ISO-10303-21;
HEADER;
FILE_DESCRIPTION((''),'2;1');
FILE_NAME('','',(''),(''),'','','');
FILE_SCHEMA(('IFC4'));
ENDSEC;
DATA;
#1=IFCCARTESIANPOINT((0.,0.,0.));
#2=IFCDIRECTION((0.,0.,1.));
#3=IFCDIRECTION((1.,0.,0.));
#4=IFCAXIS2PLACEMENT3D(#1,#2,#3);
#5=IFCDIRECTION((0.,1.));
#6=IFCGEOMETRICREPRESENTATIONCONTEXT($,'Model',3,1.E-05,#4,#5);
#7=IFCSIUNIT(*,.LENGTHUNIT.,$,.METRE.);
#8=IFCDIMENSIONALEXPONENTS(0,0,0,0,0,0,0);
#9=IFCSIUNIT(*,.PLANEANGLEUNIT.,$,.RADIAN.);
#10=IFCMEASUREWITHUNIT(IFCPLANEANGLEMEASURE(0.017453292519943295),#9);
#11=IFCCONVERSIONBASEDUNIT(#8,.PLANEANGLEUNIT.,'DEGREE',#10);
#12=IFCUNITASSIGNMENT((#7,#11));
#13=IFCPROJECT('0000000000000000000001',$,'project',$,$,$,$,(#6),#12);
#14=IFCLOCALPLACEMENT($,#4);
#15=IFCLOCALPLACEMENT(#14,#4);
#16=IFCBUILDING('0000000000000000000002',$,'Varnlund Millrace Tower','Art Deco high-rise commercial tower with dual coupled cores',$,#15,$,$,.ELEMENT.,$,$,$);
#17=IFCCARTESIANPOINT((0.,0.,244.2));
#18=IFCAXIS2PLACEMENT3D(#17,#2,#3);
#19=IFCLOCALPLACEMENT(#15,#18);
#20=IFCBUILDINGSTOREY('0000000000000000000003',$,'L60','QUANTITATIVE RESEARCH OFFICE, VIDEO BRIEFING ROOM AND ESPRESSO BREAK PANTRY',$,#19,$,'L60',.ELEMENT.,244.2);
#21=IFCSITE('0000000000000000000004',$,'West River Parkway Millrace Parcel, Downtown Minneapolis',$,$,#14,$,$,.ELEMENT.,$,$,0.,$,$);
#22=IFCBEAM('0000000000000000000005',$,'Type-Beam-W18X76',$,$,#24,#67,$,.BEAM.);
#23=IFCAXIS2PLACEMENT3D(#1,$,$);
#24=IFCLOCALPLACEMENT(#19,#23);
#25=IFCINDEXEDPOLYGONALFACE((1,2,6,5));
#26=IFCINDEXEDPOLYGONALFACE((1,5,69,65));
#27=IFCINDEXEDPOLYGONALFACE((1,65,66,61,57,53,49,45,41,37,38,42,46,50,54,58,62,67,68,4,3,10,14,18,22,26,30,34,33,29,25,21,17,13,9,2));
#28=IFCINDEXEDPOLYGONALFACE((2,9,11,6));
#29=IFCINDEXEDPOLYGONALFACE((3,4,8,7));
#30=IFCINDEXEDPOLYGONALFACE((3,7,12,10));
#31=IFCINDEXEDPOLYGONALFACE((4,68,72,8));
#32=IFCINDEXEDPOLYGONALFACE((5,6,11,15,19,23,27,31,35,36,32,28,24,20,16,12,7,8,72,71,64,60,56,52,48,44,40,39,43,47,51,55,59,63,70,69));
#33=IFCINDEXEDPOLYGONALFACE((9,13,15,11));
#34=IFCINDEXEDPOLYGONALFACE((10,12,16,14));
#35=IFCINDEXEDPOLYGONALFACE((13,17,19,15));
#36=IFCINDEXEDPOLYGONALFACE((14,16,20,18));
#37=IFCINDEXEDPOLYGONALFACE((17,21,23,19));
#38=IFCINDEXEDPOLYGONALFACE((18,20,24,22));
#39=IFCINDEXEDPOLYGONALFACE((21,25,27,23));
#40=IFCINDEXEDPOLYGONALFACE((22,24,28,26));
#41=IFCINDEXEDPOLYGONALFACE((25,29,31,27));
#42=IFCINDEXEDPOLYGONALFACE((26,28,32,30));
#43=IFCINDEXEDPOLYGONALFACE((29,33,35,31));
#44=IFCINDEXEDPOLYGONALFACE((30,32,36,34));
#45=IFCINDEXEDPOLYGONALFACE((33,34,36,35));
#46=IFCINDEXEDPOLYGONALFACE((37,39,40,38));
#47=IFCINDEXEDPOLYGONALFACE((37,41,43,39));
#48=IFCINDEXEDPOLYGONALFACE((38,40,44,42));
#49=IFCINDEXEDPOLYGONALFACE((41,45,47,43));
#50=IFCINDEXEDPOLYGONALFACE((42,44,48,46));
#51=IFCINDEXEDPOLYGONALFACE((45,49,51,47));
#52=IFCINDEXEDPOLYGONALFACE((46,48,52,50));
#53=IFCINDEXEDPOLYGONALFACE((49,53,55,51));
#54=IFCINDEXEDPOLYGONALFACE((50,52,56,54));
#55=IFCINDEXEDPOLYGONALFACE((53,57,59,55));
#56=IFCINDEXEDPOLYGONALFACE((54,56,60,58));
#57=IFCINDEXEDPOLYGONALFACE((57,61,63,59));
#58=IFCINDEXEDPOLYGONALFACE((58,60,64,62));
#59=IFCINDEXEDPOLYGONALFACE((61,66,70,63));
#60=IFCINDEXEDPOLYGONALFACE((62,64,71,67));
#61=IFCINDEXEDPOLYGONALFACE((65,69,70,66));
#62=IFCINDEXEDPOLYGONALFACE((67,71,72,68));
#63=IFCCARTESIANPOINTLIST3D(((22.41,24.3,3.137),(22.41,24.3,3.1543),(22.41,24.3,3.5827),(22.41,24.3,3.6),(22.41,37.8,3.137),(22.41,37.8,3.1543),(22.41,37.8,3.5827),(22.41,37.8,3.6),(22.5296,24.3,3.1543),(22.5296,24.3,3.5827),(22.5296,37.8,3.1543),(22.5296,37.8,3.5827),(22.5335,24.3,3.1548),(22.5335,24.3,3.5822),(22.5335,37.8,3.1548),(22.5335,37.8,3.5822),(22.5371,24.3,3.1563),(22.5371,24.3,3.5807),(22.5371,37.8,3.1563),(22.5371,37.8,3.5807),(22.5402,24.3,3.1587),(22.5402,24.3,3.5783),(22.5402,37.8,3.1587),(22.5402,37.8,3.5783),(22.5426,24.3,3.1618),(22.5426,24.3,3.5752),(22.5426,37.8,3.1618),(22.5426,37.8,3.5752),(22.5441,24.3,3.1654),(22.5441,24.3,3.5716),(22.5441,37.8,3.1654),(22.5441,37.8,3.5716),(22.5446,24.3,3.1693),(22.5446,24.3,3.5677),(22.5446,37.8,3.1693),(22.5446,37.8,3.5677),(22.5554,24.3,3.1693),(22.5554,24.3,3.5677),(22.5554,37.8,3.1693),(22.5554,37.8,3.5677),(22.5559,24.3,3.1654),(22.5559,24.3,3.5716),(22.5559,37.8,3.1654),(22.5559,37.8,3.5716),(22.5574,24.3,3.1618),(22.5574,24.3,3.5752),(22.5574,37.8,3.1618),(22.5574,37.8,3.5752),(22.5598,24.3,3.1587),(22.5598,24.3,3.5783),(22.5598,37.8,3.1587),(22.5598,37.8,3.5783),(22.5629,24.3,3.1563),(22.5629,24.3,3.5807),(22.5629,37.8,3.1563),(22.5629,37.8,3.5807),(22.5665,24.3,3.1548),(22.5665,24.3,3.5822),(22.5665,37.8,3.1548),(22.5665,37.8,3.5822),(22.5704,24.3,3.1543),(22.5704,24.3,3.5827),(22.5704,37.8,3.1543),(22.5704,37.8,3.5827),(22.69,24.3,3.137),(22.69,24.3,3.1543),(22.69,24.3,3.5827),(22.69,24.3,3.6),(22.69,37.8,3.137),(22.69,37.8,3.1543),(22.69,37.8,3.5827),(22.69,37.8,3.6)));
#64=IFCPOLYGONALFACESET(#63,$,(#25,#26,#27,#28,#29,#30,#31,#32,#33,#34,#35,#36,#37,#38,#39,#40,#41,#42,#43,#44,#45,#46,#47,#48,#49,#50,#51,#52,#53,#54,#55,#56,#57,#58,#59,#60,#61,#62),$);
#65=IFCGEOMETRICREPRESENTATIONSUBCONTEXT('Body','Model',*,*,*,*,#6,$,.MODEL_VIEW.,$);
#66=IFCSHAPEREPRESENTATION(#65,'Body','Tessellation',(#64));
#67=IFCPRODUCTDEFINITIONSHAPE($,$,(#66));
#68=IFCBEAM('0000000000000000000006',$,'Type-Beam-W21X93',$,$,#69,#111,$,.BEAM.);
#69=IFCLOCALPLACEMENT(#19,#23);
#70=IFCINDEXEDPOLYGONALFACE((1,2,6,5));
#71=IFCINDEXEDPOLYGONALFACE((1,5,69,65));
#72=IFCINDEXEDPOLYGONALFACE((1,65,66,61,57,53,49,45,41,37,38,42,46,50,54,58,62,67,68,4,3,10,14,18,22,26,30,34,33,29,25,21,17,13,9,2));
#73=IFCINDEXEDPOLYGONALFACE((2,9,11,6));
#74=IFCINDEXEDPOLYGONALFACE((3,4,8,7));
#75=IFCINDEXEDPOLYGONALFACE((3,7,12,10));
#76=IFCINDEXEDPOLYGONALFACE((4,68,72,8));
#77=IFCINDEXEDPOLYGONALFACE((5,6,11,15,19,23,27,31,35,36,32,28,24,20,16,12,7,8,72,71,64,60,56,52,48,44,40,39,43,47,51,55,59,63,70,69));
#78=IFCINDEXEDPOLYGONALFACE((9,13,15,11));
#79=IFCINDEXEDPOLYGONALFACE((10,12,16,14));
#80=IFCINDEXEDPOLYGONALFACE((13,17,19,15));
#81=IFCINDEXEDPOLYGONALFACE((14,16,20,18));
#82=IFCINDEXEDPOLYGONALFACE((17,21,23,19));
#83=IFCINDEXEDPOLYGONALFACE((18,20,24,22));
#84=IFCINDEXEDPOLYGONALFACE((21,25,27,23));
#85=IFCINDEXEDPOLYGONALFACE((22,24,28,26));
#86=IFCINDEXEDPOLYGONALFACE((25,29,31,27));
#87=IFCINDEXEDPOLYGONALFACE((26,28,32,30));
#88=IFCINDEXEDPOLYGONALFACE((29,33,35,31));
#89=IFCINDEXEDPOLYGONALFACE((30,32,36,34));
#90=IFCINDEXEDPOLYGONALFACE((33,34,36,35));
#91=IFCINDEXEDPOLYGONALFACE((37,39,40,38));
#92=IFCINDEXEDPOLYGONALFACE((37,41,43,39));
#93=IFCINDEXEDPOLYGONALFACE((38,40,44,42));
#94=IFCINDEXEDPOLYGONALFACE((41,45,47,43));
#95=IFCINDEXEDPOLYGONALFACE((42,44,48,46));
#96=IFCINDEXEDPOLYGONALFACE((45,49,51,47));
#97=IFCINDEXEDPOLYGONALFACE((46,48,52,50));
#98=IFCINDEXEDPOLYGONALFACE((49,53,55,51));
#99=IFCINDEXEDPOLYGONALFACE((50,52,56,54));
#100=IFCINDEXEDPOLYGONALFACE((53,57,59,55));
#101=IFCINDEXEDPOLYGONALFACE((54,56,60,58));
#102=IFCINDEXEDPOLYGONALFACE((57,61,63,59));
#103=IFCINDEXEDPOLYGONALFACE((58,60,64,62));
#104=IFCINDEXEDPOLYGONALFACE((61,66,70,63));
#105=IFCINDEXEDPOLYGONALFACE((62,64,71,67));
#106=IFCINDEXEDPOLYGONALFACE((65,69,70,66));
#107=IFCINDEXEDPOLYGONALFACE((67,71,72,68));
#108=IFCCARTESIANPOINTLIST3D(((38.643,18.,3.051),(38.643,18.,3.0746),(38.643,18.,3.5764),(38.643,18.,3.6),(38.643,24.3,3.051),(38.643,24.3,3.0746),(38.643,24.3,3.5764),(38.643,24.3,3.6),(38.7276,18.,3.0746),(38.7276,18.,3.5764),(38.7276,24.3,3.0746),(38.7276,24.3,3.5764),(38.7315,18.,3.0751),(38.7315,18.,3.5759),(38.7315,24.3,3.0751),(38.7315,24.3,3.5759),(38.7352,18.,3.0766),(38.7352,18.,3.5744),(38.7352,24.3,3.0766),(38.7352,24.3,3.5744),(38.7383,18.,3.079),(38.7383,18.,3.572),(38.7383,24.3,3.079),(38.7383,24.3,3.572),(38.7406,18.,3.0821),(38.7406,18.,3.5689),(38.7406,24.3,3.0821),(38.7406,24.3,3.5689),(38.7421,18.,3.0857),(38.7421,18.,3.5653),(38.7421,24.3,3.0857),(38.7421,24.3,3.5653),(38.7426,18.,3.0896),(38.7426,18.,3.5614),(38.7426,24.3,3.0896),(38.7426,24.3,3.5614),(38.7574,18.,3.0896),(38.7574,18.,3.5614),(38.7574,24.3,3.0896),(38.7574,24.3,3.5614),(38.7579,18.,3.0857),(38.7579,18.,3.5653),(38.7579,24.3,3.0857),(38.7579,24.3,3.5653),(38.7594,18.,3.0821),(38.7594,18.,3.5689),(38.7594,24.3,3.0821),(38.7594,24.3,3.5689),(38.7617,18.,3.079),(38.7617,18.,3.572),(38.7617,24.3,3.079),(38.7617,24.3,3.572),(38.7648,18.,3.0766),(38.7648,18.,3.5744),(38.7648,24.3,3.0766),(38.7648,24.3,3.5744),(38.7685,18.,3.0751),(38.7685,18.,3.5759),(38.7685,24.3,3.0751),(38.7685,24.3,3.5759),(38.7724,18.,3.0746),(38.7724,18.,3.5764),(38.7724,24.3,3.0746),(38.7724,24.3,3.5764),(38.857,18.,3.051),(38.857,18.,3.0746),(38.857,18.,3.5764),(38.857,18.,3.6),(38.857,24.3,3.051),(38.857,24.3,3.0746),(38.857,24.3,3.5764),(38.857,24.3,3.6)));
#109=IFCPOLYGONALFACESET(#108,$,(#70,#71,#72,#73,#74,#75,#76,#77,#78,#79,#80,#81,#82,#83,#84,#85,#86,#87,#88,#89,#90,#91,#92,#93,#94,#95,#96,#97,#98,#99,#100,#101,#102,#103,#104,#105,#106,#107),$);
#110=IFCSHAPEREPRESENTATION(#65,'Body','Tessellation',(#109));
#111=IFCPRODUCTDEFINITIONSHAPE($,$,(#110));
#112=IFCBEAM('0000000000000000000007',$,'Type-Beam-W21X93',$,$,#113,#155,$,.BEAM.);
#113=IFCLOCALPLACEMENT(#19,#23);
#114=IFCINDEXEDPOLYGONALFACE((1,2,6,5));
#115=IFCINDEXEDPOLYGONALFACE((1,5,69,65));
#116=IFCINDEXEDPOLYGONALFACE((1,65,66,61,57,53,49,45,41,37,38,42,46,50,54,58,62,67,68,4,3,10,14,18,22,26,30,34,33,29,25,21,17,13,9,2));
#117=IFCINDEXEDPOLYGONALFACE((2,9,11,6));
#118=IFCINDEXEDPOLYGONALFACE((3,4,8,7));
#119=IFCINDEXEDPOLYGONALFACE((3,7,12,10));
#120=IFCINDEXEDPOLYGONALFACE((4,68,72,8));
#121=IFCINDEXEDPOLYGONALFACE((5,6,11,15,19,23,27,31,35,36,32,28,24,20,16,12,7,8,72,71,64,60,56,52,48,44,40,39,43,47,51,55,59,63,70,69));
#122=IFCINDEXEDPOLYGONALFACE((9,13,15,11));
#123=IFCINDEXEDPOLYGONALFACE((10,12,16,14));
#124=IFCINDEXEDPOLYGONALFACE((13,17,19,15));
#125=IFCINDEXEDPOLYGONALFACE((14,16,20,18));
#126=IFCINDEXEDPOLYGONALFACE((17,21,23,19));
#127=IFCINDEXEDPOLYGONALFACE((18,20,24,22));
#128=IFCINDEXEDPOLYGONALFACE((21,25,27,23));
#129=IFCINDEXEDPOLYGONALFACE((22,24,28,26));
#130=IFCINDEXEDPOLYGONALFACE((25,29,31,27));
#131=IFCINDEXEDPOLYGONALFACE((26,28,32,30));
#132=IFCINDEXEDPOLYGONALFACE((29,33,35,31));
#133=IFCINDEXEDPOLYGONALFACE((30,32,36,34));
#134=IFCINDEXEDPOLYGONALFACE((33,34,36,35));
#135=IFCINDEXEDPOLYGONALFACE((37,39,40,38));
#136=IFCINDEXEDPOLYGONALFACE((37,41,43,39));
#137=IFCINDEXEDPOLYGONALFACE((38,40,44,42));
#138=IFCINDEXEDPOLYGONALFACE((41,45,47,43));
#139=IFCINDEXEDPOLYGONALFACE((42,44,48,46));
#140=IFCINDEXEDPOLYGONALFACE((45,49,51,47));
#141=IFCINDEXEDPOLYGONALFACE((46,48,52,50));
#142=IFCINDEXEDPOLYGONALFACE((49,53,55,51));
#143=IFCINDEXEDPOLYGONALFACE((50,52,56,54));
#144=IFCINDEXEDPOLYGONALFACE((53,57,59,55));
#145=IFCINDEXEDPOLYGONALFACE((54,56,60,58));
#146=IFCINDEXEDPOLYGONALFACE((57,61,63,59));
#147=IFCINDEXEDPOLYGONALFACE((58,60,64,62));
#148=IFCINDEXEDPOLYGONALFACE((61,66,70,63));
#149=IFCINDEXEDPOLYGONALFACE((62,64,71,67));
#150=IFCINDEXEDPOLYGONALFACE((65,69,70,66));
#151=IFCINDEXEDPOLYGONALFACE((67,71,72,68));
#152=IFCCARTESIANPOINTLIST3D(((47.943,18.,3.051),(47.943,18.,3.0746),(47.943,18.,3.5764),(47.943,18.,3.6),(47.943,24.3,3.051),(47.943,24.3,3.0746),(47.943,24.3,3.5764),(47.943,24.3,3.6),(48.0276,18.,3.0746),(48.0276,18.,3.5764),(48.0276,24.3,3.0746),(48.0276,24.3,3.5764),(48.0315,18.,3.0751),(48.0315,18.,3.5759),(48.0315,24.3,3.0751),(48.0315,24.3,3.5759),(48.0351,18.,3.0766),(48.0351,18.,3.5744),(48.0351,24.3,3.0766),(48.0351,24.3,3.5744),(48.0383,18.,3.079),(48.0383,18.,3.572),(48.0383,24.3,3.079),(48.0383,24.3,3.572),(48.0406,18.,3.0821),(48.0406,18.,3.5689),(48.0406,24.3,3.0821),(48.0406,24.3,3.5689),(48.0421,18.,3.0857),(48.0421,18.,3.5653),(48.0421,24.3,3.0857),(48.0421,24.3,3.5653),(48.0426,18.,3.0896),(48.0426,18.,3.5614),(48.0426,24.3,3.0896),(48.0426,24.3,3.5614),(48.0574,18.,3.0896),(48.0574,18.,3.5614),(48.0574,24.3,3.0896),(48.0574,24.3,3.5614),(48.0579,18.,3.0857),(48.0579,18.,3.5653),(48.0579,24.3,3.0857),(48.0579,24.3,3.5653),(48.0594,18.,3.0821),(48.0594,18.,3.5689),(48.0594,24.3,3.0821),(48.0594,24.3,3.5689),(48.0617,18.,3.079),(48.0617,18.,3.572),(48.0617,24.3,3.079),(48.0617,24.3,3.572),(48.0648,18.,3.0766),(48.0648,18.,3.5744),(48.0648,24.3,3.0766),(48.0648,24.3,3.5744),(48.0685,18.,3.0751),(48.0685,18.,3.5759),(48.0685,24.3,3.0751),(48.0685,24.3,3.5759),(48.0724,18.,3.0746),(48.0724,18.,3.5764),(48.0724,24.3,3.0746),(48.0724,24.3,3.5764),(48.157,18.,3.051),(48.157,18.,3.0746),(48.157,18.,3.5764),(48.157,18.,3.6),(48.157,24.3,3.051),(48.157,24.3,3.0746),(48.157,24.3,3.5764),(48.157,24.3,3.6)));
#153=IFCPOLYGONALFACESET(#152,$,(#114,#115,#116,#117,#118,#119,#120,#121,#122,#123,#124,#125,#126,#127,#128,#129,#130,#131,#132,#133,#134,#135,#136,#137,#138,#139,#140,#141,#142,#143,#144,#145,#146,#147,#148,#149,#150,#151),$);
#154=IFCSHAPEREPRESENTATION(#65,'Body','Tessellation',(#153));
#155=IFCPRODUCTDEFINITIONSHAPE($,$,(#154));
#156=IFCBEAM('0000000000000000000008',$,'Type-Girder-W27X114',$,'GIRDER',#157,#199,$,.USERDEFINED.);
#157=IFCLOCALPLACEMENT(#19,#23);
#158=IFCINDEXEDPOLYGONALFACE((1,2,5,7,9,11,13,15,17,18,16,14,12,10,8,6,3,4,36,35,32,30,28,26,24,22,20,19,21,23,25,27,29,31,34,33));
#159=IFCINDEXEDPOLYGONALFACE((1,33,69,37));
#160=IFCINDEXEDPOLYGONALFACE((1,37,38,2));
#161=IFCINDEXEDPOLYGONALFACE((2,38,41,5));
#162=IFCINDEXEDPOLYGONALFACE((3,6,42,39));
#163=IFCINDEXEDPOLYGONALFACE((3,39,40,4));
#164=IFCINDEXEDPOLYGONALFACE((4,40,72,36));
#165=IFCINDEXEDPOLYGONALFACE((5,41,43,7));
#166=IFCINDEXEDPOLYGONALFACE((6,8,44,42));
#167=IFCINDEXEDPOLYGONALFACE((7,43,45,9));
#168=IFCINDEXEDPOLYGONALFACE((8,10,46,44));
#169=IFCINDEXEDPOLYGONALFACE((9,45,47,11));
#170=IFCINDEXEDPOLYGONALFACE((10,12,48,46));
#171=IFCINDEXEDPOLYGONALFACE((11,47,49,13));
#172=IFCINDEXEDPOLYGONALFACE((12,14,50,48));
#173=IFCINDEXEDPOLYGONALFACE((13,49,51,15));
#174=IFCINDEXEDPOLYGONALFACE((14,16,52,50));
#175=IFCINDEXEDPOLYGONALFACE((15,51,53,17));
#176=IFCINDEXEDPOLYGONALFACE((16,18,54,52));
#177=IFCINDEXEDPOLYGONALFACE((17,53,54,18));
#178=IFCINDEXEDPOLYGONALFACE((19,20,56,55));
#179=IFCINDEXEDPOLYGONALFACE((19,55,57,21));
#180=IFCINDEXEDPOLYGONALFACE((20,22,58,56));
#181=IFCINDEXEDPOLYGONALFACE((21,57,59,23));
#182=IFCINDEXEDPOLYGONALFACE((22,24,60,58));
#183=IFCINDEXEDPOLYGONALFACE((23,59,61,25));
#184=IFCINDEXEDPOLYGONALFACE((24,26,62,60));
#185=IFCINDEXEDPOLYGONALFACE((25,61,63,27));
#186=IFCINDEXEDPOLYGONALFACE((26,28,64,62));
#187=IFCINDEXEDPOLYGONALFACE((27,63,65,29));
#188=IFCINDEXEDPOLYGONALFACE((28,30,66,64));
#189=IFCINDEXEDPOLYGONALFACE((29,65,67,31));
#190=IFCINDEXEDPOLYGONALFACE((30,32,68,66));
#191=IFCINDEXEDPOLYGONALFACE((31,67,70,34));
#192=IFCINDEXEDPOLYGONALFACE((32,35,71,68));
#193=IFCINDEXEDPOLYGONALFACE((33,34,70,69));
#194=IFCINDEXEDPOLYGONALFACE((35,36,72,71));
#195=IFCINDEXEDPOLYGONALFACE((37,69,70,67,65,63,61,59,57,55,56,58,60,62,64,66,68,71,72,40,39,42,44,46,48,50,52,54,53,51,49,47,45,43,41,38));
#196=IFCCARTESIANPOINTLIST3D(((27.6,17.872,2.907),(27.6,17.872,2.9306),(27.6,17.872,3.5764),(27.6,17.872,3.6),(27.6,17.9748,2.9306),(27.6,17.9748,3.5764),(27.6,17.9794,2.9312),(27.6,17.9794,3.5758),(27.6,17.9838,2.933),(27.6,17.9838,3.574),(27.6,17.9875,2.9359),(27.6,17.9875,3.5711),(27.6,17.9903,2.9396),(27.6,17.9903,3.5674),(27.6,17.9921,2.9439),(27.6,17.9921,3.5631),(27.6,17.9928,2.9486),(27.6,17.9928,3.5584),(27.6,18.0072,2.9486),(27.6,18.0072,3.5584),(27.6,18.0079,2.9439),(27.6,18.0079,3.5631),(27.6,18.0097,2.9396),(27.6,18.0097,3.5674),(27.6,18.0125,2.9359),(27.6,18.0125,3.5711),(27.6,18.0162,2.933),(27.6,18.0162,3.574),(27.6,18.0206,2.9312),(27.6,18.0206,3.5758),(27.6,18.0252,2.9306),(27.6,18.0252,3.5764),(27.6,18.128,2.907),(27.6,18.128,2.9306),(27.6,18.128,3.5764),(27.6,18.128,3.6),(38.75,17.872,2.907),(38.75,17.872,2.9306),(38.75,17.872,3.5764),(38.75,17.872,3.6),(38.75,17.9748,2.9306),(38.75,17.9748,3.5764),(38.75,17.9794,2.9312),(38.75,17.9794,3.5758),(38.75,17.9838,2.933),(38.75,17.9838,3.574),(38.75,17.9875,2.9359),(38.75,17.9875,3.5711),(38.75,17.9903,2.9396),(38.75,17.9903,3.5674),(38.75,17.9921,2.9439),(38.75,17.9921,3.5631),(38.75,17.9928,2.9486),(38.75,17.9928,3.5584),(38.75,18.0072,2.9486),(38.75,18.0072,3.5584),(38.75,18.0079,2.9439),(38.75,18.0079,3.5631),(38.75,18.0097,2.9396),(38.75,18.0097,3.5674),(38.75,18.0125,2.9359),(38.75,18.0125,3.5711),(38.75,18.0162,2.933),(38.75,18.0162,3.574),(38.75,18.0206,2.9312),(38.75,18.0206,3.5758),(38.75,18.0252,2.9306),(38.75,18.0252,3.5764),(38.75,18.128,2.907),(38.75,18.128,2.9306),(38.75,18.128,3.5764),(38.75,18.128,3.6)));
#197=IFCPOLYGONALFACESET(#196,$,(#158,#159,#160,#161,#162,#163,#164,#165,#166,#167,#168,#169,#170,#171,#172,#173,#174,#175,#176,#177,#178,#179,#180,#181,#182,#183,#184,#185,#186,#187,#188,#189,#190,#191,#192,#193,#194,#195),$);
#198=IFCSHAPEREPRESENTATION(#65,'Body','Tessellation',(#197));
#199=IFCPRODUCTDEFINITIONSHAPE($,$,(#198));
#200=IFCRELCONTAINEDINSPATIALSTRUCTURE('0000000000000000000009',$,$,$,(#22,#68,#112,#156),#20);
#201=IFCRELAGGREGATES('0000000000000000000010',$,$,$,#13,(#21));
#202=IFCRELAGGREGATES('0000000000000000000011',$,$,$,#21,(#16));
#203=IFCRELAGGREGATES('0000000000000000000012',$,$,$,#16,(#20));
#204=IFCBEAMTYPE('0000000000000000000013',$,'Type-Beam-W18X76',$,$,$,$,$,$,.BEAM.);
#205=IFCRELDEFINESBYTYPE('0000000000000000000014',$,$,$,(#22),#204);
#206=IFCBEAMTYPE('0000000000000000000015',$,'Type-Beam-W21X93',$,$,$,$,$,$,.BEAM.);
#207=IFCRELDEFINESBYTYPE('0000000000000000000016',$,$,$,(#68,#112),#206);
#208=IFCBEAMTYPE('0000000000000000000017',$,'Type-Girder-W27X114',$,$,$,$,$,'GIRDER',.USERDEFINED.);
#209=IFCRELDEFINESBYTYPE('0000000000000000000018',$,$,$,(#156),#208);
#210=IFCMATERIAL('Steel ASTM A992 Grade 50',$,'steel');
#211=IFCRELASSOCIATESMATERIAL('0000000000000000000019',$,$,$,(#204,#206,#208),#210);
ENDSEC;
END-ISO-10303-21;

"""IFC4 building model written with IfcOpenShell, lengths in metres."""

from ifc_helpers import new_model, entity, si_unit, converted_unit, direction, frame, origin_with_axes, origin_2d_with_axis, place, context, subcontext, project, spatial, i_section, extrude, material, material_profile, profile_set, type_object, element, save


model = new_model("IFC4")

# Units and contexts
model_context = context("Model", 3, precision=1e-05, world=origin_with_axes(), true_north=direction((0.0, 1.0)))
body_context = subcontext(model_context, "Body", "Model", "MODEL_VIEW")
ifc_project = project(units=[si_unit("LENGTHUNIT", "METRE"), converted_unit("PLANEANGLEUNIT", "DEGREE", entity("IfcPlaneAngleMeasure", 0.017453292519943295), si_unit("PLANEANGLEUNIT", "RADIAN"), dimensions=[0, 0, 0, 0, 0, 0, 0])], contexts=[model_context])

# Site, building, storey
site_placement = place(None, origin_with_axes())
site = spatial("IfcSite", under=ifc_project, at=site_placement, Name="West River Parkway Millrace Parcel, Downtown Minneapolis", CompositionType="ELEMENT", RefElevation=0.0)
building_placement = place(site_placement, origin_with_axes())
building = spatial("IfcBuilding", under=site, at=building_placement, Name="Varnlund Millrace Tower", Description="Art Deco high-rise commercial tower with dual coupled cores", CompositionType="ELEMENT")
storey_placement = place(building_placement, frame((0.0, 0.0, 244.2), z_axis=(0.0, 0.0, 1.0), x_axis=(1.0, 0.0, 0.0)))
storey = spatial("IfcBuildingStorey", under=building, at=storey_placement, Name="L60", Description="QUANTITATIVE RESEARCH OFFICE, VIDEO BRIEFING ROOM AND ESPRESSO BREAK PANTRY", LongName="L60", CompositionType="ELEMENT", Elevation=244.2)

# Beams
ifc_material_1 = material(Name="Steel ASTM A992 Grade 50", Category="steel")
ifc_material_profile_1 = material_profile(ifc_material_1, i_section(OverallWidth=0.28, OverallDepth=0.463, WebThickness=0.0108, FlangeThickness=0.0173, FilletRadius=0.015, at=origin_2d_with_axis()), Name="Steel ASTM A992 Grade 50")
ifc_profile_set_1 = profile_set([ifc_material_profile_1], Name="Steel ASTM A992 Grade 50")
beam_type_1 = type_object("IfcBeamType", Name="Type-Beam-W18X76", PredefinedType="BEAM", material=ifc_profile_set_1)
beam_1_placement = place(storey_placement, frame((22.55, 24.3, 3.3685), z_axis=(0.0, 1.0, 0.0), x_axis=(-1.0, 0.0, 0.0)))
element("IfcBeam", 1, at=beam_1_placement, inside=storey, type_object=beam_type_1, Name="Type-Beam-W18X76", PredefinedType="BEAM", context=body_context, shape_type="SweptSolid", body=[
    extrude(i_section(OverallWidth=0.28, OverallDepth=0.463, WebThickness=0.0108, FlangeThickness=0.0173, FilletRadius=0.015, at=origin_2d_with_axis()), origin_with_axes(), (0.0, 0.0, 1.0), 13.5),
])
ifc_material_profile_2 = material_profile(ifc_material_1, i_section(OverallWidth=0.214, OverallDepth=0.549, WebThickness=0.0147, FlangeThickness=0.0236, FilletRadius=0.015, at=origin_2d_with_axis()), Name="Steel ASTM A992 Grade 50")
ifc_profile_set_2 = profile_set([ifc_material_profile_2], Name="Steel ASTM A992 Grade 50")
beam_type_2 = type_object("IfcBeamType", Name="Type-Beam-W21X93", PredefinedType="BEAM", material=ifc_profile_set_2)
for number, where, z_axis, x_axis, name in (
    (2, (38.75, 18.0, 3.3255), (0.0, 1.0, 0.0), (-1.0, 0.0, 0.0), "Type-Beam-W21X93"),
    (3, (48.05, 18.0, 3.3255), (0.0, 1.0, 0.0), (-1.0, 0.0, 0.0), "Type-Beam-W21X93"),
):
    element("IfcBeam", number, at=place(storey_placement, frame(where, z_axis=z_axis, x_axis=x_axis)), inside=storey, type_object=beam_type_2, Name=name, PredefinedType="BEAM", context=body_context, shape_type="SweptSolid", body=[
        extrude(i_section(OverallWidth=0.214, OverallDepth=0.549, WebThickness=0.0147, FlangeThickness=0.0236, FilletRadius=0.015, at=origin_2d_with_axis()), origin_with_axes(), (0.0, 0.0, 1.0), 6.3),
    ])
ifc_material_profile_3 = material_profile(ifc_material_1, i_section(OverallWidth=0.256, OverallDepth=0.693, WebThickness=0.0145, FlangeThickness=0.0236, FilletRadius=0.018, at=origin_2d_with_axis()), Name="Steel ASTM A992 Grade 50")
ifc_profile_set_3 = profile_set([ifc_material_profile_3], Name="Steel ASTM A992 Grade 50")
beam_type_3 = type_object("IfcBeamType", Name="Type-Girder-W27X114", ElementType="GIRDER", PredefinedType="USERDEFINED", material=ifc_profile_set_3)
beam_2_placement = place(storey_placement, frame((27.6, 18.0, 3.2535), z_axis=(1.0, 0.0, 0.0), x_axis=(0.0, 1.0, 0.0)))
element("IfcBeam", 4, at=beam_2_placement, inside=storey, type_object=beam_type_3, Name="Type-Girder-W27X114", ObjectType="GIRDER", PredefinedType="USERDEFINED", context=body_context, shape_type="SweptSolid", body=[
    extrude(i_section(OverallWidth=0.256, OverallDepth=0.693, WebThickness=0.0145, FlangeThickness=0.0236, FilletRadius=0.018, at=origin_2d_with_axis()), origin_with_axes(), (0.0, 0.0, 1.0), 11.15),
])

save(model, "model.ifc")
